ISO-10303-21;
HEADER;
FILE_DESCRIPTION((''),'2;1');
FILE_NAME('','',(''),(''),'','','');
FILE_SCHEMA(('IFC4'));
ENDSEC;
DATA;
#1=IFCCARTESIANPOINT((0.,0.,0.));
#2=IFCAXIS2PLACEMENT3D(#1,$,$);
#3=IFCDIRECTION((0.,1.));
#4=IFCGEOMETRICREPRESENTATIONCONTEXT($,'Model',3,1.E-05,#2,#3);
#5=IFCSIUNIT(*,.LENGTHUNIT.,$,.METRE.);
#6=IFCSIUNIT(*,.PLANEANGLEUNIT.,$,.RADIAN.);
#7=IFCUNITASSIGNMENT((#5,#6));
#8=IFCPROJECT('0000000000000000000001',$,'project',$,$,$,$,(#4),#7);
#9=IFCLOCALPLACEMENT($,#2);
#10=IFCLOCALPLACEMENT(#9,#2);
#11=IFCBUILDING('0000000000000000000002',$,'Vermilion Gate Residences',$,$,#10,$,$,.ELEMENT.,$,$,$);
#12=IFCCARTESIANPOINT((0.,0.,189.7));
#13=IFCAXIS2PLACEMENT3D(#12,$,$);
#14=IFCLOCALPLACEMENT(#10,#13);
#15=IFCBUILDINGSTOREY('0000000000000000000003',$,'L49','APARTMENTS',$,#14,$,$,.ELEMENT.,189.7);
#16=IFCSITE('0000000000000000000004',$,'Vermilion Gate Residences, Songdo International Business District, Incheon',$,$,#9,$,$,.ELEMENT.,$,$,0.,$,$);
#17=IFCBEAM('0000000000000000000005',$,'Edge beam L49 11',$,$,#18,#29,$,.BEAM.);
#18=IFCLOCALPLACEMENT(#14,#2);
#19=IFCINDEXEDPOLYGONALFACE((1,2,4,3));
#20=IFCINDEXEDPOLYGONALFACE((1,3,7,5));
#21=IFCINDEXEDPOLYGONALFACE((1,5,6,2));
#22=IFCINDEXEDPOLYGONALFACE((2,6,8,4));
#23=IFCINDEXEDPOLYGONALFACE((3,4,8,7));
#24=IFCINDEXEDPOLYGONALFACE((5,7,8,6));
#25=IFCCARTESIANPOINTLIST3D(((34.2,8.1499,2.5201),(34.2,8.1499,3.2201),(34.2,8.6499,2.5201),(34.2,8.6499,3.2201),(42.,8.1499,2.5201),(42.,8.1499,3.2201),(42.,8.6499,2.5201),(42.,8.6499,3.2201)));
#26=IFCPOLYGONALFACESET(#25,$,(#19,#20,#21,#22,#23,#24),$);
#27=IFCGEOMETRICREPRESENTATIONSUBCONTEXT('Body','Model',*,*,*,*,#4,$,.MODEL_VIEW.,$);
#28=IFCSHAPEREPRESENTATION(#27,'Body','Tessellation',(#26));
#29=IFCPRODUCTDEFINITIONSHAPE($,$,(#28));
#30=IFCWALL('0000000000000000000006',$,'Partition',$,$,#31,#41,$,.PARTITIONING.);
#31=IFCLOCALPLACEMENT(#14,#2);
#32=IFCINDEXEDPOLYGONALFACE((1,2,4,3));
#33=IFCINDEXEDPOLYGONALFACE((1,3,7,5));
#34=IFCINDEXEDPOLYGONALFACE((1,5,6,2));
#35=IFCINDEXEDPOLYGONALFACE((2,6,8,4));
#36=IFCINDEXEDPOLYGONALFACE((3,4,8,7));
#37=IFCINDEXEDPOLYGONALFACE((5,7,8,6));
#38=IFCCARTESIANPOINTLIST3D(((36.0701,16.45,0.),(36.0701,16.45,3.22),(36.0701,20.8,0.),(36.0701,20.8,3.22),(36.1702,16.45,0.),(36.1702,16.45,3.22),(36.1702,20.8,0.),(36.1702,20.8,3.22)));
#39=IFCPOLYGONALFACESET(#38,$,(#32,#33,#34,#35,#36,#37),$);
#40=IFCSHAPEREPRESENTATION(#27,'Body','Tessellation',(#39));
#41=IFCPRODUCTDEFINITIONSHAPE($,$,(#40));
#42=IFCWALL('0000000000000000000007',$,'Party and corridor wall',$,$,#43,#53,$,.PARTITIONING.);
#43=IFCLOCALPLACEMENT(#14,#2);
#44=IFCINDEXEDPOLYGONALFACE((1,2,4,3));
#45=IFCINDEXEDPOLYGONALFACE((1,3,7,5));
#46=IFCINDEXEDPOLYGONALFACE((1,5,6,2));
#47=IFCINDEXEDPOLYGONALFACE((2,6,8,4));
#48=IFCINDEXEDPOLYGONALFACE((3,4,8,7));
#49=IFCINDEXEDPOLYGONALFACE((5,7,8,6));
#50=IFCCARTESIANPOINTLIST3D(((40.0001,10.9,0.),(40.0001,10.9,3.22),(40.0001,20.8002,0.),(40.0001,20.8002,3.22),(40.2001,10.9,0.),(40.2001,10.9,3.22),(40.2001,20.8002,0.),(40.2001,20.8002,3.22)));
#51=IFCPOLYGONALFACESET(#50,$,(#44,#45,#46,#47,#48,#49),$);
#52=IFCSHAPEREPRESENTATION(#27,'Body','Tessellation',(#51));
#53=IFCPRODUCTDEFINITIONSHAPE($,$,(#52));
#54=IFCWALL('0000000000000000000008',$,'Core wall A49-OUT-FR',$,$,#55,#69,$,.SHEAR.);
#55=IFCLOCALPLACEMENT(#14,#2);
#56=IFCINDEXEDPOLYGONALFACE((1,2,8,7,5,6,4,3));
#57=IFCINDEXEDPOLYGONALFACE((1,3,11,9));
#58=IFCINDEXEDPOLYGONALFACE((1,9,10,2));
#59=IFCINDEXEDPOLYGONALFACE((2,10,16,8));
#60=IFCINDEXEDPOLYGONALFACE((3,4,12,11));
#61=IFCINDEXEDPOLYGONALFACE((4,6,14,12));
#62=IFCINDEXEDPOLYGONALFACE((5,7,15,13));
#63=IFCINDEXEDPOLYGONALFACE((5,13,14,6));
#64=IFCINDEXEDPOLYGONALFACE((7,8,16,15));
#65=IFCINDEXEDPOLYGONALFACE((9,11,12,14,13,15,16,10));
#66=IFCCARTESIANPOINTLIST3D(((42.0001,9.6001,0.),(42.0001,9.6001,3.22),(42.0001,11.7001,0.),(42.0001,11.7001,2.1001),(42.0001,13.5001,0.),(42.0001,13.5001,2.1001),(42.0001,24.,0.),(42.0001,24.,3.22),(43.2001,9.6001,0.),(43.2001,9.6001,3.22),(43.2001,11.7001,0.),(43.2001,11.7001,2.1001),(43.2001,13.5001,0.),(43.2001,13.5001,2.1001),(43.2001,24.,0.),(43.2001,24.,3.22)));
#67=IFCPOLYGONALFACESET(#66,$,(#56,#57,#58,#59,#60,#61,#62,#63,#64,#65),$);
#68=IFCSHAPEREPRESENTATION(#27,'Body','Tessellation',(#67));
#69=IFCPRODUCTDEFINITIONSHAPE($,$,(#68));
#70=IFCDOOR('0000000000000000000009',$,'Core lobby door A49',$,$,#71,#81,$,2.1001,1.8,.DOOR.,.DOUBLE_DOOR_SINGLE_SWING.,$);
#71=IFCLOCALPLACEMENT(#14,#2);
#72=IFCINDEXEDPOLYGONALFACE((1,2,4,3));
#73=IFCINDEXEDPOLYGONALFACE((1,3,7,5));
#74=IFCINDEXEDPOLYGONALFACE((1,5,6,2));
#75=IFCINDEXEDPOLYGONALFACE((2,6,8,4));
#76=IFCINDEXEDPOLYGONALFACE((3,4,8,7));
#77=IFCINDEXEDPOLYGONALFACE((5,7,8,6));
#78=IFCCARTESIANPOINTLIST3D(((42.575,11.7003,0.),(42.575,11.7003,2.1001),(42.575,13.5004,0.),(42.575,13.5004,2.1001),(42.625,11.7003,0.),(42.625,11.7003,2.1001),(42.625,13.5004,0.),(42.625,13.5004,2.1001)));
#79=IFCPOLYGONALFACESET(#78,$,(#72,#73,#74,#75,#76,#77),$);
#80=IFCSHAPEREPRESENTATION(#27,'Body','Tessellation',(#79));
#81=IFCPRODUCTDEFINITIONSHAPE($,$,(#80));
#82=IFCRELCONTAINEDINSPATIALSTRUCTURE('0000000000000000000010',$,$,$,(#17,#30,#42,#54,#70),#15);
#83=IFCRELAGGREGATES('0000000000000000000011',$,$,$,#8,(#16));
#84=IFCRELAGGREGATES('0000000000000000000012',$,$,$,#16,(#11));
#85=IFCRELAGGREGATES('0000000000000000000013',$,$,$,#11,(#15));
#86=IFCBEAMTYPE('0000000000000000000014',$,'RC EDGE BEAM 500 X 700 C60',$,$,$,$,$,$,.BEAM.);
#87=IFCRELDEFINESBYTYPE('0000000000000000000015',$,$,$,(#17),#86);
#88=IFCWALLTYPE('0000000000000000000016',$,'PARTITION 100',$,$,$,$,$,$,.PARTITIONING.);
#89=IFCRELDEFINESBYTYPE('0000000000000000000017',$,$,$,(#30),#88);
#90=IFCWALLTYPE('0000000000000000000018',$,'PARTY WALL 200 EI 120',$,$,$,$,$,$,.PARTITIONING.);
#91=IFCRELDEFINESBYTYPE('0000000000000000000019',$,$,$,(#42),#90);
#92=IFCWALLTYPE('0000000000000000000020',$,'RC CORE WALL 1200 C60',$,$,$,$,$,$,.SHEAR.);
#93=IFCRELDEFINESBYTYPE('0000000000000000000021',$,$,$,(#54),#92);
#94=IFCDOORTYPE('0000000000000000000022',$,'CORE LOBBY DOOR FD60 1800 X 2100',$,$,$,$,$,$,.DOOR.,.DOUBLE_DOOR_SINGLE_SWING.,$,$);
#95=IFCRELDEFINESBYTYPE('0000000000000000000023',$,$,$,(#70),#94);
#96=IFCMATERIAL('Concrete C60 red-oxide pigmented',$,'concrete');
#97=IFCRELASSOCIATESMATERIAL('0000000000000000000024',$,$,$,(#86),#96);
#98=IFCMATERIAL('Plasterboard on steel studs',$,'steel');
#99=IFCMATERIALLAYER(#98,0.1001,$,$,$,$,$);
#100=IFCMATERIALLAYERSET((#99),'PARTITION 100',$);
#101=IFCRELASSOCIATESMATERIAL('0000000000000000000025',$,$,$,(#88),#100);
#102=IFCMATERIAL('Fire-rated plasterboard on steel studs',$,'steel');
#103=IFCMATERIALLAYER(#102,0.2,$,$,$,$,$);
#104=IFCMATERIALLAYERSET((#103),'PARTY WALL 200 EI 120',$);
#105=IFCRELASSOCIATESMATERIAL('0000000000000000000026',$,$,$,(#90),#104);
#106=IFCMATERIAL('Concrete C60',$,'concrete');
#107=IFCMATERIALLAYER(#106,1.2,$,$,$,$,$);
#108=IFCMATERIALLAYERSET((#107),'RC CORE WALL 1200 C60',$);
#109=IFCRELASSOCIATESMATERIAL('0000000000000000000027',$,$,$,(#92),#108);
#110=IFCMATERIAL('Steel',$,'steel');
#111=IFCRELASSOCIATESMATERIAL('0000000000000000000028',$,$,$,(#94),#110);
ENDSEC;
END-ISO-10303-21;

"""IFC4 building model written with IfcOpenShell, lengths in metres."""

from ifc_helpers import new_model, si_unit, direction, frame, frame_2d, origin, origin_2d, place, context, subcontext, project, spatial, rectangle, extrude, material, layer, layer_set, material_profile, profile_set, type_object, element, fill, save


model = new_model("IFC4")

# Units and contexts
model_context = context("Model", 3, precision=1e-05, world=origin(), true_north=direction((0.0, 1.0)))
body_context = subcontext(model_context, "Body", "Model", "MODEL_VIEW")
ifc_project = project(units=[si_unit("LENGTHUNIT", "METRE"), si_unit("PLANEANGLEUNIT", "RADIAN")], contexts=[model_context])

# Site, building, storey
site_placement = place(None, origin())
site = spatial("IfcSite", under=ifc_project, at=site_placement, Name="Vermilion Gate Residences, Songdo International Business District, Incheon", CompositionType="ELEMENT", RefElevation=0.0)
building_placement = place(site_placement, origin())
building = spatial("IfcBuilding", under=site, at=building_placement, Name="Vermilion Gate Residences", CompositionType="ELEMENT")
storey_placement = place(building_placement, frame((0.0, 0.0, 189.7)))
storey = spatial("IfcBuildingStorey", under=building, at=storey_placement, Name="L49", Description="APARTMENTS", CompositionType="ELEMENT", Elevation=189.7)

# Beam
ifc_material_1 = material(Name="Concrete C60 red-oxide pigmented", Category="concrete")
ifc_material_profile_1 = material_profile(ifc_material_1, rectangle(XDim=0.5, YDim=0.7, at=origin_2d()), Name="RC-500x700")
ifc_profile_set_1 = profile_set([ifc_material_profile_1], Name="Concrete C60 red-oxide pigmented")
beam_type = type_object("IfcBeamType", Name="RC EDGE BEAM 500 X 700 C60", PredefinedType="BEAM", material=ifc_profile_set_1)
beam_placement = place(storey_placement, frame((34.2, 8.3999, 2.8701), z_axis=(1.0, 0.0, 0.0), x_axis=(0.0, 1.0, 0.0)))
element("IfcBeam", 1, at=beam_placement, inside=storey, type_object=beam_type, Name="Edge beam L49 11", PredefinedType="BEAM", context=body_context, shape_type="SweptSolid", body=[
    extrude(rectangle(XDim=0.5, YDim=0.7, at=origin_2d()), origin(), (0.0, 0.0, 1.0), 7.8),
])

# Walls
ifc_material_2 = material(Name="Plasterboard on steel studs", Category="steel")
ifc_layer_1 = layer(ifc_material_2, 0.1001)
ifc_layer_set_1 = layer_set([ifc_layer_1], Name="PARTITION 100")
wall_type_1 = type_object("IfcWallType", Name="PARTITION 100", PredefinedType="PARTITIONING", material=ifc_layer_set_1)
wall_1_placement = place(storey_placement, frame((36.1201, 16.45, 0.0), z_axis=(0.0, 0.0, 1.0), x_axis=(0.0, 1.0, 0.0)))
element("IfcWall", 2, at=wall_1_placement, inside=storey, type_object=wall_type_1, Name="Partition", PredefinedType="PARTITIONING", context=body_context, shape_type="SweptSolid", body=[
    extrude(rectangle(XDim=4.3501, YDim=0.1001, at=frame_2d((2.175, 0.0))), origin(), (0.0, 0.0, 1.0), 3.22),
])
ifc_material_3 = material(Name="Fire-rated plasterboard on steel studs", Category="steel")
ifc_layer_2 = layer(ifc_material_3, 0.2)
ifc_layer_set_2 = layer_set([ifc_layer_2], Name="PARTY WALL 200 EI 120")
wall_type_2 = type_object("IfcWallType", Name="PARTY WALL 200 EI 120", PredefinedType="PARTITIONING", material=ifc_layer_set_2)
wall_2_placement = place(storey_placement, frame((40.1001, 10.8999, 0.0), z_axis=(0.0, 0.0, 1.0), x_axis=(0.0, 1.0, 0.0)))
element("IfcWall", 3, at=wall_2_placement, inside=storey, type_object=wall_type_2, Name="Party and corridor wall", PredefinedType="PARTITIONING", context=body_context, shape_type="SweptSolid", body=[
    extrude(rectangle(XDim=9.9001, YDim=0.2, at=frame_2d((4.9502, 0.0))), origin(), (0.0, 0.0, 1.0), 3.22),
])

# Wall, opening, door
ifc_material_4 = material(Name="Concrete C60", Category="concrete")
ifc_layer_3 = layer(ifc_material_4, 1.2)
ifc_layer_set_3 = layer_set([ifc_layer_3], Name="RC CORE WALL 1200 C60")
wall_type_3 = type_object("IfcWallType", Name="RC CORE WALL 1200 C60", PredefinedType="SHEAR", material=ifc_layer_set_3)
wall_3_placement = place(storey_placement, frame((42.6001, 9.6001, 0.0), z_axis=(0.0, 0.0, 1.0), x_axis=(0.0, 1.0, 0.0)))
wall_3 = element("IfcWall", 4, at=wall_3_placement, inside=storey, type_object=wall_type_3, Name="Core wall A49-OUT-FR", PredefinedType="SHEAR", context=body_context, shape_type="SweptSolid", body=[
    extrude(rectangle(XDim=14.3999, YDim=1.2, at=frame_2d((7.2, 0.0))), origin(), (0.0, 0.0, 1.0), 3.22),
])
opening_1_placement = place(wall_3_placement, frame((2.1001, 0.0, 0.0)))
opening_1 = element("IfcOpeningElement", 5, at=opening_1_placement, cuts=wall_3, PredefinedType="OPENING", context=body_context, shape_type="SweptSolid", body=[
    extrude(rectangle(XDim=1.8, YDim=2.1001, at=frame_2d((0.8999, 1.05))), frame((0.0, 0.6099, 0.0), z_axis=(0.0, -1.0, 0.0), x_axis=(1.0, 0.0, 0.0)), (0.0, 0.0, 1.0), 1.22),
])
ifc_material_5 = material(Name="Steel", Category="steel")
door_type = type_object("IfcDoorType", Name="CORE LOBBY DOOR FD60 1800 X 2100", OperationType="DOUBLE_DOOR_SINGLE_SWING", PredefinedType="DOOR", material=ifc_material_5)
door_placement = place(opening_1_placement, frame((1.8, 0.0, 0.0), z_axis=(0.0, 0.0, 1.0), x_axis=(-1.0, 0.0, 0.0)))
door = element("IfcDoor", 6, at=door_placement, inside=storey, type_object=door_type, Name="Core lobby door A49", OperationType="DOUBLE_DOOR_SINGLE_SWING", OverallHeight=2.1001, OverallWidth=1.8, PredefinedType="DOOR", context=body_context, shape_type="SweptSolid", body=[
    extrude(rectangle(XDim=1.8, YDim=2.1001, at=frame_2d((0.8999, 1.05))), frame((0.0, 0.0249, 0.0), z_axis=(0.0, -1.0, 0.0), x_axis=(1.0, 0.0, 0.0)), (0.0, 0.0, 1.0), 0.05),
])
fill(opening_1, door)

save(model, "model.ifc")
